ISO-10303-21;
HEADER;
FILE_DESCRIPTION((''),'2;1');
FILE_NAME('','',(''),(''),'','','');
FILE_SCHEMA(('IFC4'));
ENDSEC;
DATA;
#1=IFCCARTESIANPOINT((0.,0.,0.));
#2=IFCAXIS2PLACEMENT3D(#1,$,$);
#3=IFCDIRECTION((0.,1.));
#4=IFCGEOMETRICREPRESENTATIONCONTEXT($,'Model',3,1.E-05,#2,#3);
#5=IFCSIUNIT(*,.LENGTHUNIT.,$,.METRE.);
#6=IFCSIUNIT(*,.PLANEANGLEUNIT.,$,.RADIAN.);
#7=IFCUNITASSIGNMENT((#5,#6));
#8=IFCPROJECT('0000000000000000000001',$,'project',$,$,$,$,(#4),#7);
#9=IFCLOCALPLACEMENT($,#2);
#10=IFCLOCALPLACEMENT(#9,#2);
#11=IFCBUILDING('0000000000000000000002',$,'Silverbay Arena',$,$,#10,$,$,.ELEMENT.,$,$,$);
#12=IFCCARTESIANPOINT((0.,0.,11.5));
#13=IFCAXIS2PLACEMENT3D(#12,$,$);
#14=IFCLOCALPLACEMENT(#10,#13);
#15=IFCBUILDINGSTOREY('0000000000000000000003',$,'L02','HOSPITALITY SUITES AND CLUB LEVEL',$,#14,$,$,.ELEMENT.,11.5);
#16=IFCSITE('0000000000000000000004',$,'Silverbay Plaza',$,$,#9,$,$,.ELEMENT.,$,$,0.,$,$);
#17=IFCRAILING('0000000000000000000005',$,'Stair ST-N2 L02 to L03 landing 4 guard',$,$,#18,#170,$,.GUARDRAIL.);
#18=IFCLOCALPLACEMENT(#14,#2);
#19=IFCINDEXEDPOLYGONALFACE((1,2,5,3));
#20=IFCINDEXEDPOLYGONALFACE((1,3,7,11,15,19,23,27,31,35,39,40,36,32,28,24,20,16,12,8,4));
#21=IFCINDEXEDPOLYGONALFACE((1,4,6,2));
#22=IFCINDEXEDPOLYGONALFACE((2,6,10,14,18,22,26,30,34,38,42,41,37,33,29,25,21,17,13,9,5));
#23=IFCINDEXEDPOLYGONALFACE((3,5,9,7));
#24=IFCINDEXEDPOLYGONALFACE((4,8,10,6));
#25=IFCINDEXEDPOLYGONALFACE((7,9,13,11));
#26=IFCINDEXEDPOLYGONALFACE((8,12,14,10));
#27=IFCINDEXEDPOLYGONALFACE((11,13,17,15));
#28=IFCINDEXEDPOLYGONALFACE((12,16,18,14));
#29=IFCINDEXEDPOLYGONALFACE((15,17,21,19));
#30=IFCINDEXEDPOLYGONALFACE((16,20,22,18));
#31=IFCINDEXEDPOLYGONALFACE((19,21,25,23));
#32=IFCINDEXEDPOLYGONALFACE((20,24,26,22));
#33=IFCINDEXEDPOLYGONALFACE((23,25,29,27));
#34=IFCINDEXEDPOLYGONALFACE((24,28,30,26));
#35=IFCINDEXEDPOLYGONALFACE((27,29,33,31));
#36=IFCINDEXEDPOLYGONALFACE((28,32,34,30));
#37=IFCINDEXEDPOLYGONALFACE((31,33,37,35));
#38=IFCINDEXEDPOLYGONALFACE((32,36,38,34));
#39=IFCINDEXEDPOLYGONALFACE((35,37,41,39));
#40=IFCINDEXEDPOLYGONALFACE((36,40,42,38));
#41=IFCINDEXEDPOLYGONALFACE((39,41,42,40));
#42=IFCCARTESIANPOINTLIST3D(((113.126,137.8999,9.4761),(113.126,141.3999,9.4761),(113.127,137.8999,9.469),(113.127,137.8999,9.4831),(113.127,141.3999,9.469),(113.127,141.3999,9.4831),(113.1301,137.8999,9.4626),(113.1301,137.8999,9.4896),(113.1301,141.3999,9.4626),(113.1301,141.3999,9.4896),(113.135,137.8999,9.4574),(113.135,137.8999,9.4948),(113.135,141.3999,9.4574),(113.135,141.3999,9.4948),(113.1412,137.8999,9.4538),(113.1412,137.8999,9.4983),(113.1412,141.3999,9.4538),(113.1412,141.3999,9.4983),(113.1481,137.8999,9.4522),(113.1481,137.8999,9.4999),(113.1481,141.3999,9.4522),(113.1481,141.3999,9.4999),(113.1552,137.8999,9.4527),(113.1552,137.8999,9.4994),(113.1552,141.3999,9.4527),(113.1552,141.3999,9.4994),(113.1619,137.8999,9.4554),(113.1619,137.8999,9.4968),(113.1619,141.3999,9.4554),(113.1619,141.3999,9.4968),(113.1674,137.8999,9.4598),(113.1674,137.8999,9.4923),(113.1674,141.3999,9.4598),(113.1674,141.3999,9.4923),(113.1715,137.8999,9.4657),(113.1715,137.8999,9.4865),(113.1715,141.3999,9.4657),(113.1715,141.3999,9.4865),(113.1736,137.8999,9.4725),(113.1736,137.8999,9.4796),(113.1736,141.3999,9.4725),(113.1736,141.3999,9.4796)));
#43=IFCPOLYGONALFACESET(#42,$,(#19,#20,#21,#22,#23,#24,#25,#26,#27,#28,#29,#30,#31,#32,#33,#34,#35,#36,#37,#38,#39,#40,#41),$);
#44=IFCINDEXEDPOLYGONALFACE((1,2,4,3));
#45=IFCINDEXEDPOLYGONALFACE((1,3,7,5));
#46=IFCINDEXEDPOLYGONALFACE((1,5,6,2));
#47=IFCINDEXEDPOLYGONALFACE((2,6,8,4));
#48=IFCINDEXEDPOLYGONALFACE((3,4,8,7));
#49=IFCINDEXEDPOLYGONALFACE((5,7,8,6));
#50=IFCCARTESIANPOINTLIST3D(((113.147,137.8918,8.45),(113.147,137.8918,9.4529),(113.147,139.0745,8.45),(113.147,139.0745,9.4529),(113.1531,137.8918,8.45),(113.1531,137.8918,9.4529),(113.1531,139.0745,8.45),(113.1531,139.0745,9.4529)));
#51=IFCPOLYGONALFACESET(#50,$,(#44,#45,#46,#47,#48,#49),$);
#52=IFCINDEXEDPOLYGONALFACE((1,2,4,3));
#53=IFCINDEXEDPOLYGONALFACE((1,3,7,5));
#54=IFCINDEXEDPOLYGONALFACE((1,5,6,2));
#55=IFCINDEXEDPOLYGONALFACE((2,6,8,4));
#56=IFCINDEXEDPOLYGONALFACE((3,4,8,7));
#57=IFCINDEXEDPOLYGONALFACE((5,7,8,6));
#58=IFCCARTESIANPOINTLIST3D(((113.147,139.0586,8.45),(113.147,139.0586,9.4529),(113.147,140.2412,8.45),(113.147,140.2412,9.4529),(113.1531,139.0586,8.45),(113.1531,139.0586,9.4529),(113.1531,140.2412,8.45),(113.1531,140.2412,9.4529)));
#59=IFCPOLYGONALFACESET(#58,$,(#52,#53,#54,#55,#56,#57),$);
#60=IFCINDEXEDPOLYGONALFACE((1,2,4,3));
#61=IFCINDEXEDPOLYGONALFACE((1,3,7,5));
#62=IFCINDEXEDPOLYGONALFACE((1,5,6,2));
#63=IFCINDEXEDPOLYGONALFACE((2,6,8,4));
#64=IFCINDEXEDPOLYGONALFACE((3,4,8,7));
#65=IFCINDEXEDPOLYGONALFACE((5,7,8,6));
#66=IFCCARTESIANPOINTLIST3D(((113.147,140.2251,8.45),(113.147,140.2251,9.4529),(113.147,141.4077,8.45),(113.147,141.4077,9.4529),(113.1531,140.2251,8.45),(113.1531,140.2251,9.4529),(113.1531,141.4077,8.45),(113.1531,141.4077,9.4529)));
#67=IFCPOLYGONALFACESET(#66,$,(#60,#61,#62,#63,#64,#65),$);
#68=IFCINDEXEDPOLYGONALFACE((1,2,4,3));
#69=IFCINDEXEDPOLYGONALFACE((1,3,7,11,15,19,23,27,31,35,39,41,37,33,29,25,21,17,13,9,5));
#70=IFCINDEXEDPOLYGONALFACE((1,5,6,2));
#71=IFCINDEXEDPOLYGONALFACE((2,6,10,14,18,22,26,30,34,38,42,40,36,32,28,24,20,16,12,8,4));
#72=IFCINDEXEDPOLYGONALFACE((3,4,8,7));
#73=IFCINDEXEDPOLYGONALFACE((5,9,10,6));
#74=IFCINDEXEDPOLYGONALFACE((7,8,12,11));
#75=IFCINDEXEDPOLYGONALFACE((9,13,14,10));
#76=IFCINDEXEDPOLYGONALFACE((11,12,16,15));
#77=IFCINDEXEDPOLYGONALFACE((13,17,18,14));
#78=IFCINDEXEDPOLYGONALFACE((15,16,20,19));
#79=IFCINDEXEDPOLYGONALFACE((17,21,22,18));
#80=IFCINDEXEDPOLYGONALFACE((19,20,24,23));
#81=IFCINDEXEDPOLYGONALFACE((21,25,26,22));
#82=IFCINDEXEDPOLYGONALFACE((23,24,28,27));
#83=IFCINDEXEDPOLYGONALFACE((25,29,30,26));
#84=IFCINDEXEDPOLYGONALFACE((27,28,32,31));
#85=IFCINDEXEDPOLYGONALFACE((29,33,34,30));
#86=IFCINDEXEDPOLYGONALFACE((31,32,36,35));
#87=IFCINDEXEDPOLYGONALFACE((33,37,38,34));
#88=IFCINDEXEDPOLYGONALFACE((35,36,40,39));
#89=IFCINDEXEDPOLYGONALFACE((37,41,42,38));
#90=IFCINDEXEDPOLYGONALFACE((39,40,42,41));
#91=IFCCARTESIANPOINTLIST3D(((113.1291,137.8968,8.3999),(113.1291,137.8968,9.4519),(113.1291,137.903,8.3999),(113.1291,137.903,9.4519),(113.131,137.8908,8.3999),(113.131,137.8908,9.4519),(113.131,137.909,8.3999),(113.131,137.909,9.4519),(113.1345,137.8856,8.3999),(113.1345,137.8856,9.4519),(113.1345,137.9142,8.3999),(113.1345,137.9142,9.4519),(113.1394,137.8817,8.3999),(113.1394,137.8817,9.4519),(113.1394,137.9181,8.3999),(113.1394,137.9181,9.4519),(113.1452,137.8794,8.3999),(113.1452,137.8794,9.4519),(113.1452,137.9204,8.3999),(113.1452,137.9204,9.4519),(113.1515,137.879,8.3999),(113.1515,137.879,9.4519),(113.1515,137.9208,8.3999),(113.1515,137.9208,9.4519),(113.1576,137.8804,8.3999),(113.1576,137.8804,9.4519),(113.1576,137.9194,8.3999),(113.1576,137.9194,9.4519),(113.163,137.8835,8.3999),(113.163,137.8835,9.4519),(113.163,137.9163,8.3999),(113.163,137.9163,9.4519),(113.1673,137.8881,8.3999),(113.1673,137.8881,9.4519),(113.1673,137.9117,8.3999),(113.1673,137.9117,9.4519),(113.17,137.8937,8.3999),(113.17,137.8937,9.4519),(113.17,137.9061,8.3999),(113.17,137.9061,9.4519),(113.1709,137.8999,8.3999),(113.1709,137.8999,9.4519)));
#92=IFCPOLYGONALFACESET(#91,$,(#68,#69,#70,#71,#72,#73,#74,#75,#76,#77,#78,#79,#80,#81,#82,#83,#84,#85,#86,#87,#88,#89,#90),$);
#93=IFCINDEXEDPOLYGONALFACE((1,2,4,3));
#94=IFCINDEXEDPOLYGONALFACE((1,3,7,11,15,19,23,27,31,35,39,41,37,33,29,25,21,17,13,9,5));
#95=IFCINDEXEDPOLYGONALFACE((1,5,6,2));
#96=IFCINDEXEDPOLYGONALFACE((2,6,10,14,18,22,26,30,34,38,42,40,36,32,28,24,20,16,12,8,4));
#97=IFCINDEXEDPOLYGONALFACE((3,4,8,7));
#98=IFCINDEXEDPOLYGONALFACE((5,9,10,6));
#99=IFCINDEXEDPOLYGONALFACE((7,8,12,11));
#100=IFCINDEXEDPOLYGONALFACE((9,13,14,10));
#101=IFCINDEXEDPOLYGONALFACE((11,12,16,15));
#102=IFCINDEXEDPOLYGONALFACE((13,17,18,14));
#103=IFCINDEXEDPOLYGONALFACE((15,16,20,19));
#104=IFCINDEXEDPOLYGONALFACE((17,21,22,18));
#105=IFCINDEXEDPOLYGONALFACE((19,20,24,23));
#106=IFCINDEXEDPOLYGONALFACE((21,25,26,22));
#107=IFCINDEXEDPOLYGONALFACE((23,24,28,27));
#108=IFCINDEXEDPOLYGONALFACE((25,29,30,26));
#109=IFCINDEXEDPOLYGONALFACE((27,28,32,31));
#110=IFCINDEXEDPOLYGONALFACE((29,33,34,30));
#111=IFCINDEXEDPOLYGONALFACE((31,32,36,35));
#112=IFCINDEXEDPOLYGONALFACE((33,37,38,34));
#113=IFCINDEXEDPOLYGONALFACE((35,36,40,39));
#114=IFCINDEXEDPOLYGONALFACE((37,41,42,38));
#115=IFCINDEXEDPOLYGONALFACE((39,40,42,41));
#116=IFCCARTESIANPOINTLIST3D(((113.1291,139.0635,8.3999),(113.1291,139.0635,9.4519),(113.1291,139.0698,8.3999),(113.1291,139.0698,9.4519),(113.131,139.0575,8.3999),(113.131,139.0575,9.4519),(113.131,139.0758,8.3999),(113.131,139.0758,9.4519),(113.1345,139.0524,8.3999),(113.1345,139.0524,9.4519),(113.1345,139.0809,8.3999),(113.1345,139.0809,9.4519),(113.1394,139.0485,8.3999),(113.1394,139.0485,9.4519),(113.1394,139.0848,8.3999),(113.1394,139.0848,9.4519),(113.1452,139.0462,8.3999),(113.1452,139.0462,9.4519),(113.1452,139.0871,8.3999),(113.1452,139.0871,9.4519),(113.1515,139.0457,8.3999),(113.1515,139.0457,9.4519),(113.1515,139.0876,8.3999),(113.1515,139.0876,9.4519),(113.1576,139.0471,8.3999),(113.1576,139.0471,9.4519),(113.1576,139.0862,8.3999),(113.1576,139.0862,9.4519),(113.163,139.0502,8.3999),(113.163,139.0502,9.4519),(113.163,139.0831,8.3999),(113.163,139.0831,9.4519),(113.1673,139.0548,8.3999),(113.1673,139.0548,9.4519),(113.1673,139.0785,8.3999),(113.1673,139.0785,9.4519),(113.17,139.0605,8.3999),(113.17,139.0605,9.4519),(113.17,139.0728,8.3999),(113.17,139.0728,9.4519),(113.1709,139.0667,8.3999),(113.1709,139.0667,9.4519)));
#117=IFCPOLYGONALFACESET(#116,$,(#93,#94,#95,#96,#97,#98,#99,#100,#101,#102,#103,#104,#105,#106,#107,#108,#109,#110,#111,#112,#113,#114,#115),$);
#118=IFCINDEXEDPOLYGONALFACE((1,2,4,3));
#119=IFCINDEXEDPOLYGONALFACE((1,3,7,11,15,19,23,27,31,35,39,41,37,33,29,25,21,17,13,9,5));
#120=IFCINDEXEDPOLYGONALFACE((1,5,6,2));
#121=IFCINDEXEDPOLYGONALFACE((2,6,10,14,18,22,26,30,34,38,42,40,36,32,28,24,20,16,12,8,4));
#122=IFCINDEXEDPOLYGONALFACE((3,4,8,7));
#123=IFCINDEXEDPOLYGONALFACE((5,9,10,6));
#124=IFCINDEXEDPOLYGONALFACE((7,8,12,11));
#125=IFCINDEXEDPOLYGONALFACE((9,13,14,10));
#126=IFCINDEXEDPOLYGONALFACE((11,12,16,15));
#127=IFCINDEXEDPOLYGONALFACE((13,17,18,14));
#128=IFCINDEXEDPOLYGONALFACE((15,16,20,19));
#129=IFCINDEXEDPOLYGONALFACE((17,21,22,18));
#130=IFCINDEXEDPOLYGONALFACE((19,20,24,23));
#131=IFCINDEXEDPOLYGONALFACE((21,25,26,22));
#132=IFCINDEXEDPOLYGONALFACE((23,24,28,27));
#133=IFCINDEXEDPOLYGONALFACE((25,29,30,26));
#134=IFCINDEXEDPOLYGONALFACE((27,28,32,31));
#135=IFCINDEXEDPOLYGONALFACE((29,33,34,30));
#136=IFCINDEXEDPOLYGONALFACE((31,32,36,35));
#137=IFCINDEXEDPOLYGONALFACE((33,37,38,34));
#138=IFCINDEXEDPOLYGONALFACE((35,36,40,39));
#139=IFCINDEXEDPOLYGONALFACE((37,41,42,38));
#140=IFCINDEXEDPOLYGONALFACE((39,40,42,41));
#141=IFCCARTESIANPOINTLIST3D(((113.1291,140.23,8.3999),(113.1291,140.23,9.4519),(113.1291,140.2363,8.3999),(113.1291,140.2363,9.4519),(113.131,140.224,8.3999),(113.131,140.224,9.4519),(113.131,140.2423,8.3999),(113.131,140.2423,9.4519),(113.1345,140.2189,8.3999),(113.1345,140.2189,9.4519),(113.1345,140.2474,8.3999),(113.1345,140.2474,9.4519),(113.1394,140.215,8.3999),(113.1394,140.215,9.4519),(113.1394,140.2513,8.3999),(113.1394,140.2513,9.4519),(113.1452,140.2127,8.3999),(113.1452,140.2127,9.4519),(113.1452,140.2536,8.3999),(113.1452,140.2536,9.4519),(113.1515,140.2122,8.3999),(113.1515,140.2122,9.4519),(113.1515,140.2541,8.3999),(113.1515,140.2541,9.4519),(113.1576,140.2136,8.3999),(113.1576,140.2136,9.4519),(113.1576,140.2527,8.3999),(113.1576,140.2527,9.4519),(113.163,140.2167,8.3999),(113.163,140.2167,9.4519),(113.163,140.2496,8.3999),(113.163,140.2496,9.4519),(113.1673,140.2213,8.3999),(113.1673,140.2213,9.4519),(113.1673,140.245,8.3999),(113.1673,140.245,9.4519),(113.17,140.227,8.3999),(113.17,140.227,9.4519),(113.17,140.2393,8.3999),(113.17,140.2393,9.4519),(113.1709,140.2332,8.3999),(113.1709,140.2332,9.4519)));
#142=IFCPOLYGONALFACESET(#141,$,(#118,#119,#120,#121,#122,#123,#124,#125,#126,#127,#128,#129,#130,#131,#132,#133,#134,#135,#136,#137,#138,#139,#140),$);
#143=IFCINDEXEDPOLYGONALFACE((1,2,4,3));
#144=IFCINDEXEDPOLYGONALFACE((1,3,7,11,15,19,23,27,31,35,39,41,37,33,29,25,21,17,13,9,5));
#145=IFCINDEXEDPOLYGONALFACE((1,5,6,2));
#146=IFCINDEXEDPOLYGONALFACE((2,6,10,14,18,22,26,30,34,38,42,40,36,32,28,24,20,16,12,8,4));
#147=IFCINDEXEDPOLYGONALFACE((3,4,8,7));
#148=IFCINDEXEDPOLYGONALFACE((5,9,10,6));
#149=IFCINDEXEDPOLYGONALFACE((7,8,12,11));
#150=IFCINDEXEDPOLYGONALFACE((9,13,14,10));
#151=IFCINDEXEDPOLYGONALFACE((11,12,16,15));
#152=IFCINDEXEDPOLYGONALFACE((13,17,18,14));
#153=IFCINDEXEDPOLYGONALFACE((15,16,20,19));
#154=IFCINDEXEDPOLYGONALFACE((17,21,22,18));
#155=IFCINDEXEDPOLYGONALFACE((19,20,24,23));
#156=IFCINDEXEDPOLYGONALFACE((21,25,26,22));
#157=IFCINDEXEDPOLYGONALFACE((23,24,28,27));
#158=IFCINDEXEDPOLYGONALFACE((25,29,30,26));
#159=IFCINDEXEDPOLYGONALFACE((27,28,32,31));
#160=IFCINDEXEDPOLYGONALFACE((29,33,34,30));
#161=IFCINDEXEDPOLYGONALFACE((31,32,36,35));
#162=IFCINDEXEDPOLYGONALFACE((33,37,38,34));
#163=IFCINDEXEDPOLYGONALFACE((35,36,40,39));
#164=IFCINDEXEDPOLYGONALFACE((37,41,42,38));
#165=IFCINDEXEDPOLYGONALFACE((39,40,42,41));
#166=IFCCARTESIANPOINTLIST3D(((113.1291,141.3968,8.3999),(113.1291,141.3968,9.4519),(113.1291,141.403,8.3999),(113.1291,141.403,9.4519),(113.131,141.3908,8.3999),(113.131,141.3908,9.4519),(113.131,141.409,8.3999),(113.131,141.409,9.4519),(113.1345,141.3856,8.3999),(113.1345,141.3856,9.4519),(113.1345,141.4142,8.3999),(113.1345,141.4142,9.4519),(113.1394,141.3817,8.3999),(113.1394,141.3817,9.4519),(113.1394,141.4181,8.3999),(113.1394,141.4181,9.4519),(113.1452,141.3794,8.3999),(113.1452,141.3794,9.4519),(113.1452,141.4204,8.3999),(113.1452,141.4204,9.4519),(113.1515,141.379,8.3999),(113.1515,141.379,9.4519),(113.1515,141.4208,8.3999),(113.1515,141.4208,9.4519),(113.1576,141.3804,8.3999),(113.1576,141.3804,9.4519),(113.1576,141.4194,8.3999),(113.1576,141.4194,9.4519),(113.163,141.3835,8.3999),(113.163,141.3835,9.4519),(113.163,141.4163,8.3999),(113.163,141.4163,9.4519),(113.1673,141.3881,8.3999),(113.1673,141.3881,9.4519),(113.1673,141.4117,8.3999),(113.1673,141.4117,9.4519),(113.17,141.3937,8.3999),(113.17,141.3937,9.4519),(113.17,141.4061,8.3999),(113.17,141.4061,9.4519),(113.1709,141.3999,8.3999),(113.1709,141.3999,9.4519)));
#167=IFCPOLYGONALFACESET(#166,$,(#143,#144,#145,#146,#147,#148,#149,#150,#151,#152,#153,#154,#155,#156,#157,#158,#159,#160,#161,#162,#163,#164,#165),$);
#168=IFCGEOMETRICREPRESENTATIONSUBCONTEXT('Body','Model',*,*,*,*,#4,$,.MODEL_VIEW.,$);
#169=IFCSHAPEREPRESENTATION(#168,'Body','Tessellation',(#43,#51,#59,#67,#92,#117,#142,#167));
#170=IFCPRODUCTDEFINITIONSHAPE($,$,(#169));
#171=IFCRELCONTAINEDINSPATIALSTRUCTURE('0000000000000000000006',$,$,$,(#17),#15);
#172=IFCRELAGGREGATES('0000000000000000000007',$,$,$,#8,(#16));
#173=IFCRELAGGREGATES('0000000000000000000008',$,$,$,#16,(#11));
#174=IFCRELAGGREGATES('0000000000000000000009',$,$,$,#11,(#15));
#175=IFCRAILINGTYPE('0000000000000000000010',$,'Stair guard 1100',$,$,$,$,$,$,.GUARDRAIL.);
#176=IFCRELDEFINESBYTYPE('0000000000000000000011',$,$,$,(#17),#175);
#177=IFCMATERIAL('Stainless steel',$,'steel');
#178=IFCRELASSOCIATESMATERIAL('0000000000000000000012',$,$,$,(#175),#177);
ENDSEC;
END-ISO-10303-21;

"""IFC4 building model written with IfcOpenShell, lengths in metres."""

from ifc_helpers import new_model, si_unit, direction, frame, origin, origin_2d, place, context, subcontext, project, spatial, polyline, circle, outline, extrude, material, type_object, element, save


model = new_model("IFC4")

# Units and contexts
model_context = context("Model", 3, precision=1e-05, world=origin(), true_north=direction((0.0, 1.0)))
body_context = subcontext(model_context, "Body", "Model", "MODEL_VIEW")
ifc_project = project(units=[si_unit("LENGTHUNIT", "METRE"), si_unit("PLANEANGLEUNIT", "RADIAN")], contexts=[model_context])

# Site, building, storey
site_placement = place(None, origin())
site = spatial("IfcSite", under=ifc_project, at=site_placement, Name="Silverbay Plaza", CompositionType="ELEMENT", RefElevation=0.0)
building_placement = place(site_placement, origin())
building = spatial("IfcBuilding", under=site, at=building_placement, Name="Silverbay Arena", CompositionType="ELEMENT")
storey_placement = place(building_placement, frame((0.0, 0.0, 11.5)))
storey = spatial("IfcBuildingStorey", under=building, at=storey_placement, Name="L02", Description="HOSPITALITY SUITES AND CLUB LEVEL", CompositionType="ELEMENT", Elevation=11.5)

# Railing
ifc_material_1 = material(Name="Stainless steel", Category="steel")
railing_type_1 = type_object("IfcRailingType", Name="Stair guard 1100", PredefinedType="GUARDRAIL", material=ifc_material_1)
for number, where, name in (
    (1, (113.1499, 137.8999, 8.3999), "Stair ST-N2 L02 to L03 landing 4 guard"),
):
    element("IfcRailing", number, at=place(storey_placement, frame(where)), inside=storey, type_object=railing_type_1, Name=name, PredefinedType="GUARDRAIL", context=body_context, shape_type="SweptSolid", body=[
        extrude(circle(Radius=0.0239, at=origin_2d()), frame((0.0, 0.0, 1.0762), z_axis=(0.0, 1.0, 0.0), x_axis=(-1.0, 0.0, 0.0)), (0.0, 0.0, 1.0), 3.5),
        extrude(outline(polyline([(-0.0081, 0.05), (1.1746, 0.05), (1.1746, 1.053), (-0.0081, 1.053), (-0.0081, 0.05)])), frame((-0.0029, 0.0, 0.0), z_axis=(1.0, 0.0, 0.0), x_axis=(0.0, 1.0, 0.0)), (0.0, 0.0, 1.0), 0.0061),
        extrude(outline(polyline([(-0.0081, 0.05), (1.1746, 0.05), (1.1746, 1.053), (-0.0081, 1.053), (-0.0081, 0.05)])), frame((-0.0029, 1.1667, 0.0), z_axis=(1.0, 0.0, 0.0), x_axis=(0.0, 1.0, 0.0)), (0.0, 0.0, 1.0), 0.0061),
        extrude(outline(polyline([(-0.0081, 0.05), (1.1746, 0.05), (1.1746, 1.053), (-0.0081, 1.053), (-0.0081, 0.05)])), frame((-0.0029, 2.3333, 0.0), z_axis=(1.0, 0.0, 0.0), x_axis=(0.0, 1.0, 0.0)), (0.0, 0.0, 1.0), 0.0061),
        extrude(circle(Radius=0.021, at=origin_2d()), origin(), (0.0, 0.0, 1.0), 1.052),
        extrude(circle(Radius=0.021, at=origin_2d()), frame((0.0, 1.1667, 0.0)), (0.0, 0.0, 1.0), 1.052),
        extrude(circle(Radius=0.021, at=origin_2d()), frame((0.0, 2.3333, 0.0)), (0.0, 0.0, 1.0), 1.052),
        extrude(circle(Radius=0.021, at=origin_2d()), frame((0.0, 3.5, 0.0)), (0.0, 0.0, 1.0), 1.052),
    ])

save(model, "model.ifc")
